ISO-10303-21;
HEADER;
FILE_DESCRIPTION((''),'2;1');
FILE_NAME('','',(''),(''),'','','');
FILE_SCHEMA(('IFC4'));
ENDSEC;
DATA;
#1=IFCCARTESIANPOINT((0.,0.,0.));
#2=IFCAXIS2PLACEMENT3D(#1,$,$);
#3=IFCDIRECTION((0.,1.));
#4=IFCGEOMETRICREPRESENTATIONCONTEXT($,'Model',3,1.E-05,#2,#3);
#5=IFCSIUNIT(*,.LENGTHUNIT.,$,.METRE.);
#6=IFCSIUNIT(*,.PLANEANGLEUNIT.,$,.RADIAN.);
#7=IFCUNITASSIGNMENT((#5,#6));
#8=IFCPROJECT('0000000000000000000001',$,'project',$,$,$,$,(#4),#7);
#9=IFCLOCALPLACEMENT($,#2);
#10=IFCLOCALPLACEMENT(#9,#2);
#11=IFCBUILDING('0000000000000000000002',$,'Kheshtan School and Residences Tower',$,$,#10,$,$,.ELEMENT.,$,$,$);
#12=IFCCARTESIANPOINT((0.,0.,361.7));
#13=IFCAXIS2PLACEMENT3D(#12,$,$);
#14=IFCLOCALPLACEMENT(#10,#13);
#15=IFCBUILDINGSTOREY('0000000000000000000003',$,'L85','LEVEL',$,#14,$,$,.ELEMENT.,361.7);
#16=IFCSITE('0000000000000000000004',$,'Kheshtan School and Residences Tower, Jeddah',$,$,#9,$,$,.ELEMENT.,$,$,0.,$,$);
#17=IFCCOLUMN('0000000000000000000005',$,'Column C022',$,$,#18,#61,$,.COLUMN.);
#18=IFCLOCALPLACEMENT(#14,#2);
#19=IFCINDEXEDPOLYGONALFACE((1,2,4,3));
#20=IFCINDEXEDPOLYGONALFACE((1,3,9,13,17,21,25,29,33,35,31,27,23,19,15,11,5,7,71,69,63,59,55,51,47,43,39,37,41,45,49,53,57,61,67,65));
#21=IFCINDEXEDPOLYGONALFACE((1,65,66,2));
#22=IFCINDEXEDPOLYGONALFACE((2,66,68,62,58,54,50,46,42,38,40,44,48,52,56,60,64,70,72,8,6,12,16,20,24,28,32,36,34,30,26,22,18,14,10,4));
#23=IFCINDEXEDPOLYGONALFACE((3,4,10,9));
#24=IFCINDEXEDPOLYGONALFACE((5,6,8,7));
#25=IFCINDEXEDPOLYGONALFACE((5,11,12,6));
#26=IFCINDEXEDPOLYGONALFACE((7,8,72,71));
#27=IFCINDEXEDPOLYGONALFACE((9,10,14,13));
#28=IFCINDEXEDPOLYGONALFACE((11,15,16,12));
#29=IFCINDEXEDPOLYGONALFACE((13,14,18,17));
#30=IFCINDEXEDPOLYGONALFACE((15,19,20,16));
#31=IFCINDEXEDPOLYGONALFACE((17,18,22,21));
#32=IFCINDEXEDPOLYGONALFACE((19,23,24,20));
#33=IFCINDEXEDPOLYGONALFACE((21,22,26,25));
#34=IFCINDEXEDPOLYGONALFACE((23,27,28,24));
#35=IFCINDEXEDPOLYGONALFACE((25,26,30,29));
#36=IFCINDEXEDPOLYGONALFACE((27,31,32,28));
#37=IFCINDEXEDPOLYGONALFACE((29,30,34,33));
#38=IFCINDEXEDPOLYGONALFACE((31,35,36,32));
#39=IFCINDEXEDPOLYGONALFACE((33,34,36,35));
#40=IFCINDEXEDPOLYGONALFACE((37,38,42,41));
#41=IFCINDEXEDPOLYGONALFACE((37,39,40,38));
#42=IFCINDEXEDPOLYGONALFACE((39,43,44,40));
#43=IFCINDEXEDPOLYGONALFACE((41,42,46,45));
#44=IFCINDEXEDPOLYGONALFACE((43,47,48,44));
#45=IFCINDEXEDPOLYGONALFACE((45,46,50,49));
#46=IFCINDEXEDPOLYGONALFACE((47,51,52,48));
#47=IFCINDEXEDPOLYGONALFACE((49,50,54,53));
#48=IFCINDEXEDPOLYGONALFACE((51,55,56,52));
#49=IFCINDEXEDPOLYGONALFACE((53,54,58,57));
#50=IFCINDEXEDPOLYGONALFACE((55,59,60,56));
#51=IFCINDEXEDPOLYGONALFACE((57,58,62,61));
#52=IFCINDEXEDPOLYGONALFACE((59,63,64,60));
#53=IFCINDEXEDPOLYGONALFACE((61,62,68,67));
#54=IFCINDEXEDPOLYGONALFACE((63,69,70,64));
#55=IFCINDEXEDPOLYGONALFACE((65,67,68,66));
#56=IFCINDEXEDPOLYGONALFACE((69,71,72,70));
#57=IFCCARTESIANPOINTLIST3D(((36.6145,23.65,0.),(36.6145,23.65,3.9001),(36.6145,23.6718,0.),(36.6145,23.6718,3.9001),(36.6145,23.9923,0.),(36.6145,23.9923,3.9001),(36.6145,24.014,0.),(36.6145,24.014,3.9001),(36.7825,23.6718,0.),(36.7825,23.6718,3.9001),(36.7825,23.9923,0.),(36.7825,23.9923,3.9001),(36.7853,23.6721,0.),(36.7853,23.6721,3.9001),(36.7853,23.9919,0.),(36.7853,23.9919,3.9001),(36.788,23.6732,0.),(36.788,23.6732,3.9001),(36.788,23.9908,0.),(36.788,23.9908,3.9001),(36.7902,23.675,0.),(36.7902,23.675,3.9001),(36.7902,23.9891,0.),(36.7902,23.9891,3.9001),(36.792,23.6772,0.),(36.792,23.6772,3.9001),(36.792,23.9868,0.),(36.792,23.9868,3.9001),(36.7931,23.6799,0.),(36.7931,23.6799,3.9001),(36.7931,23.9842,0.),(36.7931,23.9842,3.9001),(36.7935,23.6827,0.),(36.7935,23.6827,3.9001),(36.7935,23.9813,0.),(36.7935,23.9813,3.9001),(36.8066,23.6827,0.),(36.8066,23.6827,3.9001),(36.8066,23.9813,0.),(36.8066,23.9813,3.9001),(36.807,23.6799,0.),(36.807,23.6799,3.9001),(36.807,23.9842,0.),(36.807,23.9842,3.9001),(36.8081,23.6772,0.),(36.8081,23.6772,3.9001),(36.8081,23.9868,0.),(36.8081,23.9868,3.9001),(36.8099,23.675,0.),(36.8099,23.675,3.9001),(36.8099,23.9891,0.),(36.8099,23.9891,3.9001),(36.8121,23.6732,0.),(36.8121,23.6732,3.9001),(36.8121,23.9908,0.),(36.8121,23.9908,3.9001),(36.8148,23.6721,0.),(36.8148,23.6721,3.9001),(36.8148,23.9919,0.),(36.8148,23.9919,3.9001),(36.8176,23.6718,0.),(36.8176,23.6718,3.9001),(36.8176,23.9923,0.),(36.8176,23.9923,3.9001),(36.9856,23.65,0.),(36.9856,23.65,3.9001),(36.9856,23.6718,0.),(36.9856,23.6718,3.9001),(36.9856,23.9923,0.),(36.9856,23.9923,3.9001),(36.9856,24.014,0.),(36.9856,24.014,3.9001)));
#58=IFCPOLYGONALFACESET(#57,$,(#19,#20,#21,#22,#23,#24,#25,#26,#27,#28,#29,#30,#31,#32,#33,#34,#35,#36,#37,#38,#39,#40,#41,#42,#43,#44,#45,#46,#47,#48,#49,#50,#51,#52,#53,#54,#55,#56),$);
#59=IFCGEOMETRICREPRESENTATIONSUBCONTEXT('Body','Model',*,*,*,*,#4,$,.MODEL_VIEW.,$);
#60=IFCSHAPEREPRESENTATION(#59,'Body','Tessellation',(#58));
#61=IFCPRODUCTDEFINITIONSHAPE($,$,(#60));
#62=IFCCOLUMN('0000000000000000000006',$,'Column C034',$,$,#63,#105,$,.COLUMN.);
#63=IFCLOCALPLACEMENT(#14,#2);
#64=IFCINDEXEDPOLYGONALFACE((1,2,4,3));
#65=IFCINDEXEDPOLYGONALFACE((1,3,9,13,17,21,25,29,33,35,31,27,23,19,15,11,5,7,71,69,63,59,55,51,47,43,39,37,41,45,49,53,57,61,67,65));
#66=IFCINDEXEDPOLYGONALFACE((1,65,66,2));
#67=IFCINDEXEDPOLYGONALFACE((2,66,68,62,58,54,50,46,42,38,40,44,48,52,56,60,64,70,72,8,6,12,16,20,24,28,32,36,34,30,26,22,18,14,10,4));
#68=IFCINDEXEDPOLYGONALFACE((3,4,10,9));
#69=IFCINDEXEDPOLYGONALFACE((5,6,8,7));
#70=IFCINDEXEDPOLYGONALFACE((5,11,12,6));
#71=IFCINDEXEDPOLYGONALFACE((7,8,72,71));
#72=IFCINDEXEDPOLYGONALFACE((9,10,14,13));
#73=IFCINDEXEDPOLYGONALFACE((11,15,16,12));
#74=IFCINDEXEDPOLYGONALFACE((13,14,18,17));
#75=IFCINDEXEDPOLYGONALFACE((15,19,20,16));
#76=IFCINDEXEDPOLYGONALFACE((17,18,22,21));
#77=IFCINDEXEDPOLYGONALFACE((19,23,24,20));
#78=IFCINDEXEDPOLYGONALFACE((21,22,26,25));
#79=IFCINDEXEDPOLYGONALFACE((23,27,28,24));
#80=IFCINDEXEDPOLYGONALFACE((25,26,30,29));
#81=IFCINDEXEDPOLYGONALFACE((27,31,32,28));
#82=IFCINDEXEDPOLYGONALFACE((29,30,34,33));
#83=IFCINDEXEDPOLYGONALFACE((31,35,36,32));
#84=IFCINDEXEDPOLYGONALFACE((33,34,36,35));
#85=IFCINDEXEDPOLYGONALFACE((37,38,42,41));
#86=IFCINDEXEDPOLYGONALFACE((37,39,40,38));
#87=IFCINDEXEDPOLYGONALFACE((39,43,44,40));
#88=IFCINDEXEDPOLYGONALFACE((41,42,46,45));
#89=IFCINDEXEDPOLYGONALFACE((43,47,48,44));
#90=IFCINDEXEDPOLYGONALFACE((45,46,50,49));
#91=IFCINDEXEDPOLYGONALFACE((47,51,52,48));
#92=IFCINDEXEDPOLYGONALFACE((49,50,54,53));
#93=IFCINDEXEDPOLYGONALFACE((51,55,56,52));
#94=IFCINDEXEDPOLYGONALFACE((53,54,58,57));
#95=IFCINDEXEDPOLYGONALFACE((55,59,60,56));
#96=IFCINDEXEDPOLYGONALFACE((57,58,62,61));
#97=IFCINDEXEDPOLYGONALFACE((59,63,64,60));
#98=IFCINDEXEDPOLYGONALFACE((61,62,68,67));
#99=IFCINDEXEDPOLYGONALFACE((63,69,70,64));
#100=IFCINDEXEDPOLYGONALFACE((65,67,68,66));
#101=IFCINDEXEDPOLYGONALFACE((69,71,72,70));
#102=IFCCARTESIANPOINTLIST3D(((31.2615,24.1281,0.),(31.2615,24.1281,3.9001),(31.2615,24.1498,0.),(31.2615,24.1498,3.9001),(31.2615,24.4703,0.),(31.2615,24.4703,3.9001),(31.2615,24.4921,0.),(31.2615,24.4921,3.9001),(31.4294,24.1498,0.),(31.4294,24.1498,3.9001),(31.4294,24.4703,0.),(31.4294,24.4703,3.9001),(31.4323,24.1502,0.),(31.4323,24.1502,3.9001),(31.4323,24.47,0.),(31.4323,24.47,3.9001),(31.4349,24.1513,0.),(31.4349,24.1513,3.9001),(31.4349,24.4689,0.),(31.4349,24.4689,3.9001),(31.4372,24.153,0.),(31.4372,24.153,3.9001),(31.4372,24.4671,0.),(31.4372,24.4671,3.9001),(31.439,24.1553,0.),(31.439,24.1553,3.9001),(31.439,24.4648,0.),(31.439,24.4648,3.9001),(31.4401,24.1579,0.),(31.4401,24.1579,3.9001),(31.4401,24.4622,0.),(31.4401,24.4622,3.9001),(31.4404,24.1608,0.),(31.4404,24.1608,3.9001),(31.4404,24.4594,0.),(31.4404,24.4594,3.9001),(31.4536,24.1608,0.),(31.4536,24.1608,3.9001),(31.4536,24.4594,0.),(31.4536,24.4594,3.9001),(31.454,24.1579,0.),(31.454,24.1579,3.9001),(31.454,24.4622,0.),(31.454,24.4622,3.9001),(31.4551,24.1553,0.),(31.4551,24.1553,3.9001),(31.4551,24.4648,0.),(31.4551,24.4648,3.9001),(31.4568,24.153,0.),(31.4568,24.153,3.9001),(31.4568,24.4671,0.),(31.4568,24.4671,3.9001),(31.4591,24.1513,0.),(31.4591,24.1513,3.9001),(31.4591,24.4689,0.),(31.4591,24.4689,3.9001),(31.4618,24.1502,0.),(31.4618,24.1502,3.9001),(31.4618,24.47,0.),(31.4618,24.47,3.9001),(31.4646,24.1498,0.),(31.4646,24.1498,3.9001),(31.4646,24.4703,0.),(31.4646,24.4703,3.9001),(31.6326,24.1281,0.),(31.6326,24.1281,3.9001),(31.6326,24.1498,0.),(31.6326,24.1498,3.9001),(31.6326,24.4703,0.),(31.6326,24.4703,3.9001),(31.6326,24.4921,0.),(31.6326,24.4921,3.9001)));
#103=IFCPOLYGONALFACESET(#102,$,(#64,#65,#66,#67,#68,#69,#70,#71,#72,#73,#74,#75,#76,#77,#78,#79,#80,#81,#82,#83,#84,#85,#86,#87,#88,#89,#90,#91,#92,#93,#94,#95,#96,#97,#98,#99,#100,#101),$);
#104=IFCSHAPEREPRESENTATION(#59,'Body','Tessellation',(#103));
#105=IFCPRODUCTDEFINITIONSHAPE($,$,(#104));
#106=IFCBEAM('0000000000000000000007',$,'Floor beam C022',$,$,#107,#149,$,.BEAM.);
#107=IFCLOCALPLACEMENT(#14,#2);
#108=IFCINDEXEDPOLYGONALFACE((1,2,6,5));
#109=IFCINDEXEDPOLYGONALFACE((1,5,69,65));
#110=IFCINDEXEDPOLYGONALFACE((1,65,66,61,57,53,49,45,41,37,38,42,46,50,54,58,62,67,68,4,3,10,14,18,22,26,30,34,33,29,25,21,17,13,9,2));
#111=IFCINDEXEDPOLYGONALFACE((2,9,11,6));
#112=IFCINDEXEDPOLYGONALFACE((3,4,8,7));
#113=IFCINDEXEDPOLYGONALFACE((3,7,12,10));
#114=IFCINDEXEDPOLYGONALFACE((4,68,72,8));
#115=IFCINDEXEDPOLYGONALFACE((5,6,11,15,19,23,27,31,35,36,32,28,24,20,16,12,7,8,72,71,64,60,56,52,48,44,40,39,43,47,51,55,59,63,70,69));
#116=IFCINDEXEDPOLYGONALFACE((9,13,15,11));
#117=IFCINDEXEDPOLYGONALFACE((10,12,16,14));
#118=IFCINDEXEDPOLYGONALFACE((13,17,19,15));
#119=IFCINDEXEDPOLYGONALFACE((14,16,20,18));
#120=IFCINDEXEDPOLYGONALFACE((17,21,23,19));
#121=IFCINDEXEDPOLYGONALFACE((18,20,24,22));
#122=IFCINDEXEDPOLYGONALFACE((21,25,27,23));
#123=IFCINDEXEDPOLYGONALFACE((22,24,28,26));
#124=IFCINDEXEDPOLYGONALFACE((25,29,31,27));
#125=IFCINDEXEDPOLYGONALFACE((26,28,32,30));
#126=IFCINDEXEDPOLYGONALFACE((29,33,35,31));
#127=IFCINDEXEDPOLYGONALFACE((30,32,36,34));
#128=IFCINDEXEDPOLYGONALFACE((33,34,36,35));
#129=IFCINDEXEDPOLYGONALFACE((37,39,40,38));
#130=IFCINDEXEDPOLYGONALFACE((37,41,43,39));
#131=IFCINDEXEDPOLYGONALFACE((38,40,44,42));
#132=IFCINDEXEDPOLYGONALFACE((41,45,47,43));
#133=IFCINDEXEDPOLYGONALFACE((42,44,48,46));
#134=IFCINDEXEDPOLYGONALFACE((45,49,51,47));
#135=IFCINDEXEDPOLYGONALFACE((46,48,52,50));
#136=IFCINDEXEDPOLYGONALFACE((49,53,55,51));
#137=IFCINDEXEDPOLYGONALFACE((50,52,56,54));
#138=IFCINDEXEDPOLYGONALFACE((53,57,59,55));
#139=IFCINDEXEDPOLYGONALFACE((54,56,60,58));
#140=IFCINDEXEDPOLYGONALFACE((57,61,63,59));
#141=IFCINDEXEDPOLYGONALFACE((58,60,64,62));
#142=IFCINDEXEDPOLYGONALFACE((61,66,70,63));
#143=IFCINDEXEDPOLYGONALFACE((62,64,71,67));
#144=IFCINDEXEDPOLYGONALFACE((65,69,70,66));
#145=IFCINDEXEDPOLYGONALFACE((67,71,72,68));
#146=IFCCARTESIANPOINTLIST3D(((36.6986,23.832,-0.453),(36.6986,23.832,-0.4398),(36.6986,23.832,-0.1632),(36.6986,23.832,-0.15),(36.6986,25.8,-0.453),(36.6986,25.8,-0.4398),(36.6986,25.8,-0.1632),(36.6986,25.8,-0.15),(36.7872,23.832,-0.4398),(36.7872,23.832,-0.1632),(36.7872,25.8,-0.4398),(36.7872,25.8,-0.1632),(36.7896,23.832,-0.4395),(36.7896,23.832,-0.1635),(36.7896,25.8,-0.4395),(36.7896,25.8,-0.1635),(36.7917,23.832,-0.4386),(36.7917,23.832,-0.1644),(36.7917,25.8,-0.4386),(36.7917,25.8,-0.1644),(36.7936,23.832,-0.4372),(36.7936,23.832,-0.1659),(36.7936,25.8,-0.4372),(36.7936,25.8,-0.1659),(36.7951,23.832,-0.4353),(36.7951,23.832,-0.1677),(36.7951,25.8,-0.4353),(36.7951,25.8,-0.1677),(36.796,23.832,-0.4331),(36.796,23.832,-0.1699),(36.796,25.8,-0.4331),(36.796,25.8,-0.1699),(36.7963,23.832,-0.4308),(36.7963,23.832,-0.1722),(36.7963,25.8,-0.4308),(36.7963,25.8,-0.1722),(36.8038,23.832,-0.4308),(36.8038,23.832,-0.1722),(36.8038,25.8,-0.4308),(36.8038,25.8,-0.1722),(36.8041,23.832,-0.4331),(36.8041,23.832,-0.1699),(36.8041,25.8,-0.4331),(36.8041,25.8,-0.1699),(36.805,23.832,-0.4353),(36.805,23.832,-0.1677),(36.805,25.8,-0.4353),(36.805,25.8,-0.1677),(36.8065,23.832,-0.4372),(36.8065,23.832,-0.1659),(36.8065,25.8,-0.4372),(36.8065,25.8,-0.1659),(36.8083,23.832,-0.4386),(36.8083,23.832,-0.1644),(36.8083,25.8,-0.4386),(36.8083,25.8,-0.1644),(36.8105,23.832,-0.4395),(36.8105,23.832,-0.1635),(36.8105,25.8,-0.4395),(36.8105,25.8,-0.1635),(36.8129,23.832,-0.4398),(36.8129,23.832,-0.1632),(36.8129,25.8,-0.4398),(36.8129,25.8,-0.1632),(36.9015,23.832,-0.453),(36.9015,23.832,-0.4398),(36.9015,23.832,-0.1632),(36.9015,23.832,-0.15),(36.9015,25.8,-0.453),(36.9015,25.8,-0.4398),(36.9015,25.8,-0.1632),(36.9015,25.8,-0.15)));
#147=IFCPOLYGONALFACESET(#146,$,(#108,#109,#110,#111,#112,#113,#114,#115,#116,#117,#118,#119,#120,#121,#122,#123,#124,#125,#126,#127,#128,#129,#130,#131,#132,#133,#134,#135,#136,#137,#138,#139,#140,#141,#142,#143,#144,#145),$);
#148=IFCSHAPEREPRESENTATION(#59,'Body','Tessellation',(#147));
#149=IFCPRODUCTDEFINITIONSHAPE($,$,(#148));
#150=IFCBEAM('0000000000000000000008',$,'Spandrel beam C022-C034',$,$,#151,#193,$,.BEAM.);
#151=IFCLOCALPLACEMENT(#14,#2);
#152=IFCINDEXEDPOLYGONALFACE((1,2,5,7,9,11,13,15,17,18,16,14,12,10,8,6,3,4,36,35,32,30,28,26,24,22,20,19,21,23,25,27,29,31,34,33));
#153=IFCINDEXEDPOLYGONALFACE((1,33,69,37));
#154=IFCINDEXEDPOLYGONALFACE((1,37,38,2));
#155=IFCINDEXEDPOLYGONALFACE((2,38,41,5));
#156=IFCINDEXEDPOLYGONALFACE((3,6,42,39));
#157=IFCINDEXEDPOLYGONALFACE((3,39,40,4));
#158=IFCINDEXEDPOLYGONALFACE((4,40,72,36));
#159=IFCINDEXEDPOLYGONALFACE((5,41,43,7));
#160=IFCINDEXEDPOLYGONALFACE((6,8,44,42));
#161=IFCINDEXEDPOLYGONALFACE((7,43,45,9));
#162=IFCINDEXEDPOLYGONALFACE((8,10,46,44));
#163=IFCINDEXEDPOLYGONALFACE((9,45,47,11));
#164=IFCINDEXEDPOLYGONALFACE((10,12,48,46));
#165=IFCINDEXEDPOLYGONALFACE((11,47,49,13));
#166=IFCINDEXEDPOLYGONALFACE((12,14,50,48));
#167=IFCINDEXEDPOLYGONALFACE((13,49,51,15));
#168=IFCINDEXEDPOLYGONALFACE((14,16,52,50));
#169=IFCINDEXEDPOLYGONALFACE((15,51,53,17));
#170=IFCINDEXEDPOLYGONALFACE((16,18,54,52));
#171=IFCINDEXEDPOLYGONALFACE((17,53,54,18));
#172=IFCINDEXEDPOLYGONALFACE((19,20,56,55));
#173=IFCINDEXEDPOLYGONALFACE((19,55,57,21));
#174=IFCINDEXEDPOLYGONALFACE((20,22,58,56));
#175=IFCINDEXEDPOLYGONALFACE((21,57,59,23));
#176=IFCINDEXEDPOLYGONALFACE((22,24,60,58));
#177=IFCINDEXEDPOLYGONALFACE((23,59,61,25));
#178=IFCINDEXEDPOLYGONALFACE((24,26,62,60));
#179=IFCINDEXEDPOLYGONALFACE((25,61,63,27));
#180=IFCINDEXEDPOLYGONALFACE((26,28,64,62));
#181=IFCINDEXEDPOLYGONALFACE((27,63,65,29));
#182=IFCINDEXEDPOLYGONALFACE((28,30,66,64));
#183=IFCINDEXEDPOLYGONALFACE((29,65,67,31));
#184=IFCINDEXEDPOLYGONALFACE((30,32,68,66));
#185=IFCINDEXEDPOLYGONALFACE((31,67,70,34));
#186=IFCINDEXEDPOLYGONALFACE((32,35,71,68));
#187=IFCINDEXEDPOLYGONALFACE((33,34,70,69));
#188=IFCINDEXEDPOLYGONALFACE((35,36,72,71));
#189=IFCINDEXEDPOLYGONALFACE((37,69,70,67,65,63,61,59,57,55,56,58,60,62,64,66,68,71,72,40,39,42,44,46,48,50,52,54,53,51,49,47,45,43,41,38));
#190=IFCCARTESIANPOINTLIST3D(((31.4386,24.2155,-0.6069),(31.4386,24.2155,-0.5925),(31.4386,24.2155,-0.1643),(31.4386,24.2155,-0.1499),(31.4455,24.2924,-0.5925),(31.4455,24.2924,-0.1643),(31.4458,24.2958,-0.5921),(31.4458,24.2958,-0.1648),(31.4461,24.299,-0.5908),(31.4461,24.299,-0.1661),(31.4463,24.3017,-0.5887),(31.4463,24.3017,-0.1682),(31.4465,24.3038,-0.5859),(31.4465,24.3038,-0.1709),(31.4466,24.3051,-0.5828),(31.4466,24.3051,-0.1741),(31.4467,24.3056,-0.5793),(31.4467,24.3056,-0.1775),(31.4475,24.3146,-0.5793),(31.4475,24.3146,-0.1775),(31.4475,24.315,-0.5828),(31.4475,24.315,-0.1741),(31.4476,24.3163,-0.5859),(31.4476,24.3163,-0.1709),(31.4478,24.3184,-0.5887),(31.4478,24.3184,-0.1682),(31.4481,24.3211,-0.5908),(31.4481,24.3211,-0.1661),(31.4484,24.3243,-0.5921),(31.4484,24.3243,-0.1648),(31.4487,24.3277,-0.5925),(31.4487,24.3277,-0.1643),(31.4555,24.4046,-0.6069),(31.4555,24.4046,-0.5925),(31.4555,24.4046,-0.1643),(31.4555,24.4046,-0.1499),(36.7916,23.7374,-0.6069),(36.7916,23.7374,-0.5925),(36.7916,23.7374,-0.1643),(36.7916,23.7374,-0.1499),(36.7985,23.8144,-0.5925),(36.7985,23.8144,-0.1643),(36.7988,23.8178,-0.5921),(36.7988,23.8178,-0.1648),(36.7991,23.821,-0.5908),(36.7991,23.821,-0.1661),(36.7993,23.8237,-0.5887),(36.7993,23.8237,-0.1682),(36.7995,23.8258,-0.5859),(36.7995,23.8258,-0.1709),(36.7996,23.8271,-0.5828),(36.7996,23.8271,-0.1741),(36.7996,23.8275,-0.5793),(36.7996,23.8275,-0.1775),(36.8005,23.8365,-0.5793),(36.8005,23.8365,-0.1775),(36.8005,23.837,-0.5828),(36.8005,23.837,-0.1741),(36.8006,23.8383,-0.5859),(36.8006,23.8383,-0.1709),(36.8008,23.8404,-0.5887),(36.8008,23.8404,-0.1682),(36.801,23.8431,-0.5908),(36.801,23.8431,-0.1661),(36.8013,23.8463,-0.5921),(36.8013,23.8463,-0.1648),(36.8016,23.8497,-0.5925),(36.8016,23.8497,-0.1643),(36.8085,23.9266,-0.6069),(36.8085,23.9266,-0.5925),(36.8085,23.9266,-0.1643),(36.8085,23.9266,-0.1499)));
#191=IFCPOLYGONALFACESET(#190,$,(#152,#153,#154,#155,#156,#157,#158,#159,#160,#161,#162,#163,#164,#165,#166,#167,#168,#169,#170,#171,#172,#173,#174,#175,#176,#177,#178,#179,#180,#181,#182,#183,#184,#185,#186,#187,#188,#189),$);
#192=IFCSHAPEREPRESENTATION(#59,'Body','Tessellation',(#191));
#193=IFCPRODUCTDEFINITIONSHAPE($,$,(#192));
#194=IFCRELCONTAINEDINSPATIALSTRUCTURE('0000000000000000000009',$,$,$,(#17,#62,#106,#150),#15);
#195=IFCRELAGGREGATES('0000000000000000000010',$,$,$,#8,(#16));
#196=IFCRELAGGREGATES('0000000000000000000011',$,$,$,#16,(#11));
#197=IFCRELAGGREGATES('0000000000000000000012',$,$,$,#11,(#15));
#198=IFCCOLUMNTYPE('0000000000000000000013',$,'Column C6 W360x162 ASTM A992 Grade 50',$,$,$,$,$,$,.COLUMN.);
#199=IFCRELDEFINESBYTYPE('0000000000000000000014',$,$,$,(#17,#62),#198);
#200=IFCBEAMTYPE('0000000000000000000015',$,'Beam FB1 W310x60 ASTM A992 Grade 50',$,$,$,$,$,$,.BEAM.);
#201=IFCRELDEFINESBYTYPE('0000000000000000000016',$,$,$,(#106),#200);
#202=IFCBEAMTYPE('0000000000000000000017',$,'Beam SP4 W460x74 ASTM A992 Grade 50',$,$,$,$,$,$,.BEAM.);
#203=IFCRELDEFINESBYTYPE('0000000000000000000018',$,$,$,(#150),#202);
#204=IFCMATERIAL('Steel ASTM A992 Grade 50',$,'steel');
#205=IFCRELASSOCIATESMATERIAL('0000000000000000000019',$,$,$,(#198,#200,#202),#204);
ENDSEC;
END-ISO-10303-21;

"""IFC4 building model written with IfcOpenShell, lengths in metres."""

from ifc_helpers import new_model, si_unit, direction, frame, origin, origin_2d, place, context, subcontext, project, spatial, i_section, extrude, material, material_profile, profile_set, type_object, element, save


model = new_model("IFC4")

# Units and contexts
model_context = context("Model", 3, precision=1e-05, world=origin(), true_north=direction((0.0, 1.0)))
body_context = subcontext(model_context, "Body", "Model", "MODEL_VIEW")
ifc_project = project(units=[si_unit("LENGTHUNIT", "METRE"), si_unit("PLANEANGLEUNIT", "RADIAN")], contexts=[model_context])

# Site, building, storey
site_placement = place(None, origin())
site = spatial("IfcSite", under=ifc_project, at=site_placement, Name="Kheshtan School and Residences Tower, Jeddah", CompositionType="ELEMENT", RefElevation=0.0)
building_placement = place(site_placement, origin())
building = spatial("IfcBuilding", under=site, at=building_placement, Name="Kheshtan School and Residences Tower", CompositionType="ELEMENT")
storey_placement = place(building_placement, frame((0.0, 0.0, 361.7)))
storey = spatial("IfcBuildingStorey", under=building, at=storey_placement, Name="L85", Description="LEVEL", CompositionType="ELEMENT", Elevation=361.7)

# Columns
ifc_material_1 = material(Name="Steel ASTM A992 Grade 50", Category="steel")
ifc_material_profile_1 = material_profile(ifc_material_1, i_section(OverallWidth=0.3711, OverallDepth=0.364, WebThickness=0.0132, FlangeThickness=0.0217, FilletRadius=0.011, at=origin_2d()), Name="W360x162")
ifc_profile_set_1 = profile_set([ifc_material_profile_1], Name="Steel ASTM A992 Grade 50")
column_type = type_object("IfcColumnType", Name="Column C6 W360x162 ASTM A992 Grade 50", PredefinedType="COLUMN", material=ifc_profile_set_1)
for number, where, z_axis, x_axis, name in (
    (1, (36.8, 23.832, 0.0), (0.0, 0.0, 1.0), (1.0, 0.0, 0.0), "Column C022"),
    (2, (31.447, 24.3101, 0.0), (0.0, 0.0, 1.0), (1.0, 0.0, 0.0), "Column C034"),
):
    element("IfcColumn", number, at=place(storey_placement, frame(where, z_axis=z_axis, x_axis=x_axis)), inside=storey, type_object=column_type, Name=name, PredefinedType="COLUMN", context=body_context, shape_type="SweptSolid", body=[
        extrude(i_section(OverallWidth=0.3711, OverallDepth=0.364, WebThickness=0.0132, FlangeThickness=0.0217, FilletRadius=0.011, at=origin_2d()), origin(), (0.0, 0.0, 1.0), 3.9001),
    ])

# Beams
ifc_material_profile_2 = material_profile(ifc_material_1, i_section(OverallWidth=0.2029, OverallDepth=0.303, WebThickness=0.0076, FlangeThickness=0.0132, FilletRadius=0.009, at=origin_2d()), Name="W310x60")
ifc_profile_set_2 = profile_set([ifc_material_profile_2], Name="Steel ASTM A992 Grade 50")
beam_type_1 = type_object("IfcBeamType", Name="Beam FB1 W310x60 ASTM A992 Grade 50", PredefinedType="BEAM", material=ifc_profile_set_2)
beam_1_placement = place(storey_placement, frame((36.8, 23.832, -0.3015), z_axis=(0.0, 1.0, 0.0), x_axis=(-1.0, 0.0, 0.0)))
element("IfcBeam", 3, at=beam_1_placement, inside=storey, type_object=beam_type_1, Name="Floor beam C022", PredefinedType="BEAM", context=body_context, shape_type="SweptSolid", body=[
    extrude(i_section(OverallWidth=0.2029, OverallDepth=0.303, WebThickness=0.0076, FlangeThickness=0.0132, FilletRadius=0.009, at=origin_2d()), origin(), (0.0, 0.0, 1.0), 1.968),
])
ifc_material_profile_3 = material_profile(ifc_material_1, i_section(OverallWidth=0.1899, OverallDepth=0.457, WebThickness=0.009, FlangeThickness=0.0144, FilletRadius=0.0132, at=origin_2d()), Name="W460x74")
ifc_profile_set_3 = profile_set([ifc_material_profile_3], Name="Steel ASTM A992 Grade 50")
beam_type_2 = type_object("IfcBeamType", Name="Beam SP4 W460x74 ASTM A992 Grade 50", PredefinedType="BEAM", material=ifc_profile_set_3)
beam_2_placement = place(storey_placement, frame((36.8, 23.832, -0.3784), z_axis=(-0.996036, 0.088946, 0.0), x_axis=(-0.088946, -0.996036, 0.0)))
element("IfcBeam", 4, at=beam_2_placement, inside=storey, type_object=beam_type_2, Name="Spandrel beam C022-C034", PredefinedType="BEAM", context=body_context, shape_type="SweptSolid", body=[
    extrude(i_section(OverallWidth=0.1899, OverallDepth=0.457, WebThickness=0.009, FlangeThickness=0.0144, FilletRadius=0.0132, at=origin_2d()), origin(), (0.0, 0.0, 1.0), 5.3743),
])

save(model, "model.ifc")
